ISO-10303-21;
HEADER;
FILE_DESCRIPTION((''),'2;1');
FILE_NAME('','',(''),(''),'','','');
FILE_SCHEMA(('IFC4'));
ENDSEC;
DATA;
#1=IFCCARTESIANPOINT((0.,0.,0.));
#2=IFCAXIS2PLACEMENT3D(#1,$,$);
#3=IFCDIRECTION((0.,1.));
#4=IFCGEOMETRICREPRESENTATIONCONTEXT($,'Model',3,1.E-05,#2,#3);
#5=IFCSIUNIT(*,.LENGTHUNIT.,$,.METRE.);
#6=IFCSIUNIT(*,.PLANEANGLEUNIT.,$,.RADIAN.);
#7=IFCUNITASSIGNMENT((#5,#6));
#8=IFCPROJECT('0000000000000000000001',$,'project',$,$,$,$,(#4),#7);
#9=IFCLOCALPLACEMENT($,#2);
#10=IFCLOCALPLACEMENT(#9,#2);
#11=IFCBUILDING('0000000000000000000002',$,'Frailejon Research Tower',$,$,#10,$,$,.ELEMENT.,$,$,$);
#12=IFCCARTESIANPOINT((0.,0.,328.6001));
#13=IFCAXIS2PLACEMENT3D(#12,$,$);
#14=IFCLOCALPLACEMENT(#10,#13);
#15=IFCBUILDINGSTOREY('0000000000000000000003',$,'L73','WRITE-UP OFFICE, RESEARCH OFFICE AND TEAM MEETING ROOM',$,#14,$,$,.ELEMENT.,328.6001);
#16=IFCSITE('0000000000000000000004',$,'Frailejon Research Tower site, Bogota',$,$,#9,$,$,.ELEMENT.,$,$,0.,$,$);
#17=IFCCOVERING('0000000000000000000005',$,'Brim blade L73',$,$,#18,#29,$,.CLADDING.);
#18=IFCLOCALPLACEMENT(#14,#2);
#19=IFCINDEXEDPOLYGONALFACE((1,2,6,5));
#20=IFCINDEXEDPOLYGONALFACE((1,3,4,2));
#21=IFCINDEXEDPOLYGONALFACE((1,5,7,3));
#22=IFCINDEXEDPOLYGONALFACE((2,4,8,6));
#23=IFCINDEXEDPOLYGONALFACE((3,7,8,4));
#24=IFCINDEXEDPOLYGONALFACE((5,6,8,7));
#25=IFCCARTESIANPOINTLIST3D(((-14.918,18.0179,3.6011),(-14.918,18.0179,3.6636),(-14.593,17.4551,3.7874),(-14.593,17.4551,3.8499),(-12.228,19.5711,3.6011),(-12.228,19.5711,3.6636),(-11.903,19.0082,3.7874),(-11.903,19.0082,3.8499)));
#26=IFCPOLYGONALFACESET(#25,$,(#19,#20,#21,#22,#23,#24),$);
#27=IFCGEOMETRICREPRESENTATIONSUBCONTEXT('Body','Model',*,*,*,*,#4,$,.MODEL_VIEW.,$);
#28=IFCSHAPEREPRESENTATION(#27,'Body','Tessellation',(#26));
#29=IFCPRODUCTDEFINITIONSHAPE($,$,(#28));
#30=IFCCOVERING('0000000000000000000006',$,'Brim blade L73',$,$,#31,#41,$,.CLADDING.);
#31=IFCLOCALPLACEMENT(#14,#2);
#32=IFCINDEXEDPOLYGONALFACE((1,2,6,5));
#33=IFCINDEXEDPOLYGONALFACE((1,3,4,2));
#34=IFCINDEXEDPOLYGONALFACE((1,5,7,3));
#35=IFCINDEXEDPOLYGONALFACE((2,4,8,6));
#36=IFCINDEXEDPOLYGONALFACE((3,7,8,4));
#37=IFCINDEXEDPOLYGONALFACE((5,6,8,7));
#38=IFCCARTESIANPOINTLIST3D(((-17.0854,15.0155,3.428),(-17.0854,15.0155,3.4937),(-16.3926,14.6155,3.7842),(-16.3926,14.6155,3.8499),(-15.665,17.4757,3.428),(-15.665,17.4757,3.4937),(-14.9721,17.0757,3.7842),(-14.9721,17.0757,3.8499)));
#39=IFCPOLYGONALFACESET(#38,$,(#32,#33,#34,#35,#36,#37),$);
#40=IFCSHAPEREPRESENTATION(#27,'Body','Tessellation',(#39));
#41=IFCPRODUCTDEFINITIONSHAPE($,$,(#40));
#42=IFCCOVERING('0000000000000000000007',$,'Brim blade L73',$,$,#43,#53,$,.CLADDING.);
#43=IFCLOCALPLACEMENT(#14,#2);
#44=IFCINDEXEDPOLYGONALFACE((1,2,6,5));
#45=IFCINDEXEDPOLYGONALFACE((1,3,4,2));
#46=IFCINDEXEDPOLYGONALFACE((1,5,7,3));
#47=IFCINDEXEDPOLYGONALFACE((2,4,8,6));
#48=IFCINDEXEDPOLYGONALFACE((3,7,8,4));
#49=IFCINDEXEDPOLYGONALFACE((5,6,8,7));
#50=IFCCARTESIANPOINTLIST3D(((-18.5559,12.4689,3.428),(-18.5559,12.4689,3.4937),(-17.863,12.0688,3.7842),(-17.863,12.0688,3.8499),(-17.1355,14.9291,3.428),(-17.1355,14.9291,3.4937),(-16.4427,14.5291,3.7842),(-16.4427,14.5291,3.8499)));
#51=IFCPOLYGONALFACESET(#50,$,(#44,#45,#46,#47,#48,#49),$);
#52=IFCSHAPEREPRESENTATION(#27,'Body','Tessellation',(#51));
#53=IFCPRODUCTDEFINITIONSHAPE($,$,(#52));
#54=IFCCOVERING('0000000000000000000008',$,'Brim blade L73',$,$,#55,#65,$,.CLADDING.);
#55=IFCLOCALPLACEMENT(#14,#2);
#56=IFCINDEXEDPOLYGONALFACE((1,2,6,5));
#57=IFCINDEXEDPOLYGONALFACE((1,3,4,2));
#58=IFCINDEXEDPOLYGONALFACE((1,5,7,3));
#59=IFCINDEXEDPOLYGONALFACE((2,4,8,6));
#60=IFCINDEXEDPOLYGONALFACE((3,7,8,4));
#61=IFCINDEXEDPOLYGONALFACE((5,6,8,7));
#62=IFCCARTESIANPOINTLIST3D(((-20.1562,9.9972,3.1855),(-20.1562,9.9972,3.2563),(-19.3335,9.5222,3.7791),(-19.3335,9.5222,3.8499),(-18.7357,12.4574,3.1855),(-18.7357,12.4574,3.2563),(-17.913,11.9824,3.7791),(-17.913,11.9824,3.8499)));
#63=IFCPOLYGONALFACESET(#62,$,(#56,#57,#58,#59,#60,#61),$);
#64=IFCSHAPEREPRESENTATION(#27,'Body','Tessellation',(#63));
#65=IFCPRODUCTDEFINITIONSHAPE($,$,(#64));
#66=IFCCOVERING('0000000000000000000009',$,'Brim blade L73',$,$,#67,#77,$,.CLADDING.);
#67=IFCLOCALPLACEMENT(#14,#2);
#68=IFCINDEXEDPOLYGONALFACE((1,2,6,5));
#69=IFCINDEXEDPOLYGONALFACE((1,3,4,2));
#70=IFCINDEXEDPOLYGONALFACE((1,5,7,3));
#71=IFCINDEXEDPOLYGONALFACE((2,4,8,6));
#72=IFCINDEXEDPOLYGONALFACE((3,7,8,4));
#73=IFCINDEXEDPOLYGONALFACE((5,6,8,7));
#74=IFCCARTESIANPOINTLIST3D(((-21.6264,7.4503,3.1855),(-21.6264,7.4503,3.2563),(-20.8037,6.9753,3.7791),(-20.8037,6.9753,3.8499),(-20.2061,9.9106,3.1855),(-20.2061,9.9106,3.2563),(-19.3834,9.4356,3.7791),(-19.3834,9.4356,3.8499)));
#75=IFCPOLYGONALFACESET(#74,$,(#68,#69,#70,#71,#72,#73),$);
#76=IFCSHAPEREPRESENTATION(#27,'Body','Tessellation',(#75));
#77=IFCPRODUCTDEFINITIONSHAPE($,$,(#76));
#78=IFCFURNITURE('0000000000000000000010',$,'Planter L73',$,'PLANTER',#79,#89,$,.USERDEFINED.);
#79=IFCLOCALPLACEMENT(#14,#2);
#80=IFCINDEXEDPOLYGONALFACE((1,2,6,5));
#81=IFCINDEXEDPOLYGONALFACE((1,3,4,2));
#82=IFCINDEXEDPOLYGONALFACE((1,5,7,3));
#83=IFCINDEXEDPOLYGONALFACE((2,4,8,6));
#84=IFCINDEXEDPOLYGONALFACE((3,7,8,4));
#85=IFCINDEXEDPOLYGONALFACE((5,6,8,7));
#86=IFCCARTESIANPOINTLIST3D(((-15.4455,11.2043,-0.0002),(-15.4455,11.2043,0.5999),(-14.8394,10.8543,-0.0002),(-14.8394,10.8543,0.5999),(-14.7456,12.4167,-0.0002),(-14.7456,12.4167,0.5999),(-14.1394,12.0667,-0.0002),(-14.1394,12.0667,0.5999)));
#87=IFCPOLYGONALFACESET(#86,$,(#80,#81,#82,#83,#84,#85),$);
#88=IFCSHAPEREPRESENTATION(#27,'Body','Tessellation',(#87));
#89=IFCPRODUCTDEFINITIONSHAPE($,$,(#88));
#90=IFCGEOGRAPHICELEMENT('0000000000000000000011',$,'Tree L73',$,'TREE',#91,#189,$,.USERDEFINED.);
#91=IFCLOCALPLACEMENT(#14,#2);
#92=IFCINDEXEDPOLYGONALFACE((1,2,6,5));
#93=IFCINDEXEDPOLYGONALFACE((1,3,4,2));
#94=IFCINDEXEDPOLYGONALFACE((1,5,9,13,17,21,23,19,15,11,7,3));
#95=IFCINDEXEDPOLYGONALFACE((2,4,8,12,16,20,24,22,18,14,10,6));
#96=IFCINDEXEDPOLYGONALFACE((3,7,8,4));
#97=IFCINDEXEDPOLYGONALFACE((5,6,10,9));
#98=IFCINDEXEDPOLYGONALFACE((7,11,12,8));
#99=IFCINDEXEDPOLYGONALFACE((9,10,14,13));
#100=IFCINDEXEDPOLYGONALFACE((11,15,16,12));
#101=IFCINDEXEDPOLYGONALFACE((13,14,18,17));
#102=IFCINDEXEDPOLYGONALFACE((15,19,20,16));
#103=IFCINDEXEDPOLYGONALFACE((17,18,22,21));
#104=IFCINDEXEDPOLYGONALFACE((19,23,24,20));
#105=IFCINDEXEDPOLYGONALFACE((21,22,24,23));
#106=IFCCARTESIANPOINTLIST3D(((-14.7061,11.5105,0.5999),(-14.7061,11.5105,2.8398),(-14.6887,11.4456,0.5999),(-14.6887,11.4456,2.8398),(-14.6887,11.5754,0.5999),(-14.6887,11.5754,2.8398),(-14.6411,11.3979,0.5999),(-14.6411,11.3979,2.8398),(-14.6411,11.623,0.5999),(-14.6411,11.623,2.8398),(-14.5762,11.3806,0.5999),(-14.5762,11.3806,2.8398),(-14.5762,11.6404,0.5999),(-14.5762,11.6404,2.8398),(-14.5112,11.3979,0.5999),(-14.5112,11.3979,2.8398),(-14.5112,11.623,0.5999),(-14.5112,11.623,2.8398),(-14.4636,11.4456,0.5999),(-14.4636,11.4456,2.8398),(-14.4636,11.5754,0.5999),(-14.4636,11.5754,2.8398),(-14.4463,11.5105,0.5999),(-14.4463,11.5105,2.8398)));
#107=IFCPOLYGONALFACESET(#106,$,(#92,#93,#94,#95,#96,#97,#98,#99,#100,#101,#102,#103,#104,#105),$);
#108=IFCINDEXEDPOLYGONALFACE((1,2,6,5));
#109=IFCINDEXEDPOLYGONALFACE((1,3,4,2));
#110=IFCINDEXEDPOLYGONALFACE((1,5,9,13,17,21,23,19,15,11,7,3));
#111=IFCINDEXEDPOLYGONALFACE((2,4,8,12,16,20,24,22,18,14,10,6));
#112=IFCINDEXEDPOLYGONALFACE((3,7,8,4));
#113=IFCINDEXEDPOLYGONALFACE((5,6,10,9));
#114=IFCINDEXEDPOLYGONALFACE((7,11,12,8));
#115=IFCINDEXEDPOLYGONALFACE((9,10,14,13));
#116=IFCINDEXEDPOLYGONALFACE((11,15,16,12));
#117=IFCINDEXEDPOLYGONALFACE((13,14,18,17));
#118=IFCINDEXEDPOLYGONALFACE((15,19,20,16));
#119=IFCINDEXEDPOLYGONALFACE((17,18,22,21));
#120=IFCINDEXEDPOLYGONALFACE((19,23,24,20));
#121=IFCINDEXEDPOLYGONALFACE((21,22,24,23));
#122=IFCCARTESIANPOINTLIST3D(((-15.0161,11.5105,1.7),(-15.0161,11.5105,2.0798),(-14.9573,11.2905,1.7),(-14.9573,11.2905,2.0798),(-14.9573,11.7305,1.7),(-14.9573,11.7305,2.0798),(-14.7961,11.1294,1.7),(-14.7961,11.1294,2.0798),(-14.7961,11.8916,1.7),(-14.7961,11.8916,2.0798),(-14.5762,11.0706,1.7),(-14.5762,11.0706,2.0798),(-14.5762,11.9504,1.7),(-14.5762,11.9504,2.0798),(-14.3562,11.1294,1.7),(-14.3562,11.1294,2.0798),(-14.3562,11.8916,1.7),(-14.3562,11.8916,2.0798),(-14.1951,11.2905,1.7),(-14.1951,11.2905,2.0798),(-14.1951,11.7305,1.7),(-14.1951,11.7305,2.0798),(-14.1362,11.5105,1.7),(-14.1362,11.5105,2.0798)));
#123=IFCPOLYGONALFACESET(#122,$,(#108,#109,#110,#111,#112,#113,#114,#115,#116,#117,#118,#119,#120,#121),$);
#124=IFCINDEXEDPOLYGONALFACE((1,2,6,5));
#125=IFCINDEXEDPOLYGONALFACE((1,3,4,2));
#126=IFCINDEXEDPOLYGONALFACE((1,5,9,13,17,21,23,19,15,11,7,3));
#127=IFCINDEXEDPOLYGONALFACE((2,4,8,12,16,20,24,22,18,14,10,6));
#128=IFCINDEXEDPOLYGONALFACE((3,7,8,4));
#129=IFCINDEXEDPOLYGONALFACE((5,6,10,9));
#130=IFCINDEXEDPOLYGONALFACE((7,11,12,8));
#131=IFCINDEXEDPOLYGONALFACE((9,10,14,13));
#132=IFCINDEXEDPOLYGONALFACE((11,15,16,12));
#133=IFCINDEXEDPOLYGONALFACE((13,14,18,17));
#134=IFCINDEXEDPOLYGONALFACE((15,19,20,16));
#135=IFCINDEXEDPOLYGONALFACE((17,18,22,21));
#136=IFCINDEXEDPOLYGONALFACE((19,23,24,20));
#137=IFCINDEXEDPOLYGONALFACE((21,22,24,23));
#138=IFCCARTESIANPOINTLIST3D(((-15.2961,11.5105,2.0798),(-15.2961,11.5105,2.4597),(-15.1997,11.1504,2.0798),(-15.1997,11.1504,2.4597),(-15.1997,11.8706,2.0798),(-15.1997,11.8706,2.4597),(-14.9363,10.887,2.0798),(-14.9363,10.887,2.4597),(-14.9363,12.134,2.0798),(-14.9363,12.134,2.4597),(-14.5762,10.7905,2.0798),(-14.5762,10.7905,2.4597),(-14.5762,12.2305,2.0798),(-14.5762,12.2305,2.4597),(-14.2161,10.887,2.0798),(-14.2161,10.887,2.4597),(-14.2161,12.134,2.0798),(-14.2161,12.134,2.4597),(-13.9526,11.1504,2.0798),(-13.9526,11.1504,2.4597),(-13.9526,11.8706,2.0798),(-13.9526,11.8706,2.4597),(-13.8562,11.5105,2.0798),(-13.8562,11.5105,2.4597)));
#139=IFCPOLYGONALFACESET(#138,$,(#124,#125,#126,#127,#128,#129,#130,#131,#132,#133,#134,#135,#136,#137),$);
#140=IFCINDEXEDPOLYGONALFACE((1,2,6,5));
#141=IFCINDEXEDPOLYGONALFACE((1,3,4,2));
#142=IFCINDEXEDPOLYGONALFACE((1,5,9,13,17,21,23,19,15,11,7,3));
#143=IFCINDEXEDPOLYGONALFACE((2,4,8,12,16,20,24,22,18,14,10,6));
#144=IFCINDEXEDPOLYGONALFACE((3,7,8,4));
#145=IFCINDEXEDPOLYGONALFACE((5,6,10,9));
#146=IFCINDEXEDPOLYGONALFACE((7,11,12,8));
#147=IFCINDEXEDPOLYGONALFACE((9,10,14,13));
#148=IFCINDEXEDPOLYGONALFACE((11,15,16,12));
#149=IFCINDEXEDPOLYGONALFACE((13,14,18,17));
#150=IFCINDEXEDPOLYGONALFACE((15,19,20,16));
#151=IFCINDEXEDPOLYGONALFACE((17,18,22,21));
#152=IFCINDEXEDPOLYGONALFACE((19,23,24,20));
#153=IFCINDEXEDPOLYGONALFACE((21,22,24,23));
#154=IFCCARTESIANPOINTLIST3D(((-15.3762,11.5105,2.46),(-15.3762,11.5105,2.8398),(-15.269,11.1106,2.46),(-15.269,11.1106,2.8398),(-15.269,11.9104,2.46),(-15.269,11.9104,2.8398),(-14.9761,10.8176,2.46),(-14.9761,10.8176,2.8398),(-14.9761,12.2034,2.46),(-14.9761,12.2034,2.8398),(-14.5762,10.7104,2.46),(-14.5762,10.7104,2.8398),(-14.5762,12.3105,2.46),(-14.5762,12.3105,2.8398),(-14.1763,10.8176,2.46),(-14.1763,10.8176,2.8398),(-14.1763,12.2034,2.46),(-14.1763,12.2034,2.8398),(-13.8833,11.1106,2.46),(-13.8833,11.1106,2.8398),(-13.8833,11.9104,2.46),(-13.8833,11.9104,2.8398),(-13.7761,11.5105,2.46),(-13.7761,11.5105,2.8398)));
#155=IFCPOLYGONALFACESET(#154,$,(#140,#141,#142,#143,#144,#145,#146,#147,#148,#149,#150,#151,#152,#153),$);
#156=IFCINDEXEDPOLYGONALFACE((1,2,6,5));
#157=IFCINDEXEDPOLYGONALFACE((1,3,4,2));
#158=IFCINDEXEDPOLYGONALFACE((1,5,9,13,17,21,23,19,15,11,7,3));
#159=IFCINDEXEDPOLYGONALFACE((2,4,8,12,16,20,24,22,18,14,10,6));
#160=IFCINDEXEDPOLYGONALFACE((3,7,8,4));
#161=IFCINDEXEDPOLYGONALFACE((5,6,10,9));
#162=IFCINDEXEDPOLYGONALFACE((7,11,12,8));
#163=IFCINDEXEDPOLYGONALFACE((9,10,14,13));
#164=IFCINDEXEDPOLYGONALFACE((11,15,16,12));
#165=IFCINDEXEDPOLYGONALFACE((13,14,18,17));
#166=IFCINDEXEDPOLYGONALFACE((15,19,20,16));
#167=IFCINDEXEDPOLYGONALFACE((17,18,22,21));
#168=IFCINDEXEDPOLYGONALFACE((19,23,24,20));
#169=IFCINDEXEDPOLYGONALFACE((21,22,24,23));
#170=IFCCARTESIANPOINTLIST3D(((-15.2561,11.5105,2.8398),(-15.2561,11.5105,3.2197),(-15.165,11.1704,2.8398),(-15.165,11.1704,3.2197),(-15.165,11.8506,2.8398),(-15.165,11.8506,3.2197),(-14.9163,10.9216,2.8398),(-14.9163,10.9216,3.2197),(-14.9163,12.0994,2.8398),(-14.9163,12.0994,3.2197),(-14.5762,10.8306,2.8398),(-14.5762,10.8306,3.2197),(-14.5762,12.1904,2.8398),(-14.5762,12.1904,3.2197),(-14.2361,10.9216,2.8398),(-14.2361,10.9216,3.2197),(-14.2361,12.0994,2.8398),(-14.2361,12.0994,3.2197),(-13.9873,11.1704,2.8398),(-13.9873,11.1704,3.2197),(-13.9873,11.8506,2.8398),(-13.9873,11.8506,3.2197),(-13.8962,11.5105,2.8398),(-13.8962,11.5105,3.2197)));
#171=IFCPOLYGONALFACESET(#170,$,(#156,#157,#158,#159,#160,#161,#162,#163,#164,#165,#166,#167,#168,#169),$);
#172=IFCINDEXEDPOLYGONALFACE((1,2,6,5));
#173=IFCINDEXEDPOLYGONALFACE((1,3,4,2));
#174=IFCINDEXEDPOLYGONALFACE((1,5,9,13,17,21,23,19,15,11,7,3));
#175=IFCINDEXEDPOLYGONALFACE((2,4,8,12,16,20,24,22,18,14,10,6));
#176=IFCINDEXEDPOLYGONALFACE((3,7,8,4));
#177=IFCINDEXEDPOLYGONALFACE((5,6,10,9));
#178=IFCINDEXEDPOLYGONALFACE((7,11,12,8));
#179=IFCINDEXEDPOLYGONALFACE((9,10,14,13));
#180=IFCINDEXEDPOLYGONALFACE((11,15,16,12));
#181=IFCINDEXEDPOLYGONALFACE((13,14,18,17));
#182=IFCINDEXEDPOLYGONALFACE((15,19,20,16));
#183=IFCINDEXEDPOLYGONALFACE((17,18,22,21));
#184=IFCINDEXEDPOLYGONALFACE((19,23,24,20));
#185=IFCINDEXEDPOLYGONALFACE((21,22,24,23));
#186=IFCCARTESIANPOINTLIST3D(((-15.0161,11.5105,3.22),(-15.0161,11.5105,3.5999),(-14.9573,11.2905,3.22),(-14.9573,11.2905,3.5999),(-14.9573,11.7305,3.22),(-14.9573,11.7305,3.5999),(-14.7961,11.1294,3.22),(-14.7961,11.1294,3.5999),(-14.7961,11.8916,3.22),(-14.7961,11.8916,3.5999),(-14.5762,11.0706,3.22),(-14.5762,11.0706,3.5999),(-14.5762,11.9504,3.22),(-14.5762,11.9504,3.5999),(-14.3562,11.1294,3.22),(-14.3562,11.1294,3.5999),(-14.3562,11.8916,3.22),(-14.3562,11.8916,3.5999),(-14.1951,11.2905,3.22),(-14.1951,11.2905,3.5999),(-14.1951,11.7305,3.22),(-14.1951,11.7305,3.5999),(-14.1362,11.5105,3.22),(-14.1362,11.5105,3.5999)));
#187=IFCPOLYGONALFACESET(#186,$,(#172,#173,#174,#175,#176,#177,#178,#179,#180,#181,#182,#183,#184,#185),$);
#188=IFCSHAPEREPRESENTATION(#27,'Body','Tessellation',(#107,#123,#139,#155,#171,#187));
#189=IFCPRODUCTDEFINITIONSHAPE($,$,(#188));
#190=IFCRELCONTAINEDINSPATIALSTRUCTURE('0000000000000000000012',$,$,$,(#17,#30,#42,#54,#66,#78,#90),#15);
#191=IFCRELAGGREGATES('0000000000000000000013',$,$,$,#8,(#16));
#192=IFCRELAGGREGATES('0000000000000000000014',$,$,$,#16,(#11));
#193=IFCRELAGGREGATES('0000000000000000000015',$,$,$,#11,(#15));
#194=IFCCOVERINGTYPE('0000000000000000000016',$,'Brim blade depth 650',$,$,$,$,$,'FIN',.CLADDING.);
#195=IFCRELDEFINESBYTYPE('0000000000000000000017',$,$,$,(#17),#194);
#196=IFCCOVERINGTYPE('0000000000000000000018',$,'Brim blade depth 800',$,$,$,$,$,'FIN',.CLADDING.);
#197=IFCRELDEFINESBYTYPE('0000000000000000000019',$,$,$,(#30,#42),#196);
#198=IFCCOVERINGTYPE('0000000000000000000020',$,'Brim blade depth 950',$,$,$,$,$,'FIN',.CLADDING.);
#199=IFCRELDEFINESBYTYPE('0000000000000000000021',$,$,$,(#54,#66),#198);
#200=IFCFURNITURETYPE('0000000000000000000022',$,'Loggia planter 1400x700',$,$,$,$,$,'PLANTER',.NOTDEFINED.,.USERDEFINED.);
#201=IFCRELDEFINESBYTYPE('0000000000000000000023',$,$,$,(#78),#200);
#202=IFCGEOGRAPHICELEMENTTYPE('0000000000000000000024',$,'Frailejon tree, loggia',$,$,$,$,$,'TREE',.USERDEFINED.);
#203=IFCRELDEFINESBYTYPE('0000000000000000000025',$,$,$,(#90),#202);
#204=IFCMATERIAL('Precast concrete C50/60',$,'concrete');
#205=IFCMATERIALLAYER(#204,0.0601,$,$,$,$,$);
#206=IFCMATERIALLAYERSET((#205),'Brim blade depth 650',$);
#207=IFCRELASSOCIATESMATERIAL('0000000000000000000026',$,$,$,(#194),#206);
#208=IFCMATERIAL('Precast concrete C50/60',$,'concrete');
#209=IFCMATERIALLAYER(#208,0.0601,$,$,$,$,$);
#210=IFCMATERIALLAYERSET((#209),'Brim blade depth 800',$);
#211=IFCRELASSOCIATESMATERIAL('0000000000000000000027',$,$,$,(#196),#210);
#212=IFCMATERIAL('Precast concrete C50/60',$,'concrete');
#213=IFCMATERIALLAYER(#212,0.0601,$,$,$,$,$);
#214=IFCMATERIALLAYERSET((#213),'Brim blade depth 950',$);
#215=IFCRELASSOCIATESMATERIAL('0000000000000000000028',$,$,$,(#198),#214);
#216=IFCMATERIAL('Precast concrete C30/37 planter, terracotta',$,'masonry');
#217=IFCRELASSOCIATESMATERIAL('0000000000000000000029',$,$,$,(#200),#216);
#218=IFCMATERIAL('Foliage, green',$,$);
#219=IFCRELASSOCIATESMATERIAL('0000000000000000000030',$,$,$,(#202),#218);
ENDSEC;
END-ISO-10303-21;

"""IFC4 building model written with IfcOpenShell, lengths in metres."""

from ifc_helpers import new_model, si_unit, direction, frame, origin, origin_2d, place, context, subcontext, project, spatial, polyline, rectangle, outline, extrude, material, layer, layer_set, type_object, element, save


model = new_model("IFC4")

# Units and contexts
model_context = context("Model", 3, precision=1e-05, world=origin(), true_north=direction((0.0, 1.0)))
body_context = subcontext(model_context, "Body", "Model", "MODEL_VIEW")
ifc_project = project(units=[si_unit("LENGTHUNIT", "METRE"), si_unit("PLANEANGLEUNIT", "RADIAN")], contexts=[model_context])

# Site, building, storey
site_placement = place(None, origin())
site = spatial("IfcSite", under=ifc_project, at=site_placement, Name="Frailejon Research Tower site, Bogota", CompositionType="ELEMENT", RefElevation=0.0)
building_placement = place(site_placement, origin())
building = spatial("IfcBuilding", under=site, at=building_placement, Name="Frailejon Research Tower", CompositionType="ELEMENT")
storey_placement = place(building_placement, frame((0.0, 0.0, 328.6001)))
storey = spatial("IfcBuildingStorey", under=building, at=storey_placement, Name="L73", Description="WRITE-UP OFFICE, RESEARCH OFFICE AND TEAM MEETING ROOM", CompositionType="ELEMENT", Elevation=328.6001)

# Coverings
ifc_material_1 = material(Name="Precast concrete C50/60", Category="concrete")
ifc_layer_1 = layer(ifc_material_1, 0.0601)
ifc_layer_set_1 = layer_set([ifc_layer_1], Name="Brim blade depth 650")
covering_type_1 = type_object("IfcCoveringType", Name="Brim blade depth 650", ElementType="FIN", PredefinedType="CLADDING", material=ifc_layer_set_1)
covering_1_placement = place(storey_placement, frame((-14.593, 17.4551, 3.8499), z_axis=(0.866014, 0.50002, 0.0), x_axis=(-0.50002, 0.866014, 0.0)))
element("IfcCovering", 1, at=covering_1_placement, inside=storey, type_object=covering_type_1, Name="Brim blade L73", PredefinedType="CLADDING", context=body_context, shape_type="SweptSolid", body=[
    extrude(outline(polyline([(0.0, -0.0625), (0.6499, -0.2488), (0.6499, -0.1863), (0.0, 0.0), (0.0, -0.0625)])), origin(), (0.0, 0.0, 1.0), 3.1062),
])
ifc_material_2 = material(Name="Precast concrete C50/60", Category="concrete")
ifc_layer_2 = layer(ifc_material_2, 0.0601)
ifc_layer_set_2 = layer_set([ifc_layer_2], Name="Brim blade depth 800")
covering_type_2 = type_object("IfcCoveringType", Name="Brim blade depth 800", ElementType="FIN", PredefinedType="CLADDING", material=ifc_layer_set_2)
for number, where, z_axis, x_axis, name in (
    (2, (-16.3926, 14.6155, 3.8499), (0.500016, 0.866016, 0.0), (-0.866016, 0.500016, 0.0), "Brim blade L73"),
    (3, (-17.863, 12.0688, 3.8499), (0.49999, 0.866031, 0.0), (-0.866031, 0.49999, 0.0), "Brim blade L73"),
):
    element("IfcCovering", number, at=place(storey_placement, frame(where, z_axis=z_axis, x_axis=x_axis)), inside=storey, type_object=covering_type_2, Name=name, PredefinedType="CLADDING", context=body_context, shape_type="SweptSolid", body=[
        extrude(outline(polyline([(0.0, -0.0657), (0.8, -0.4219), (0.8, -0.3562), (0.0, 0.0), (0.0, -0.0657)])), origin(), (0.0, 0.0, 1.0), 2.8408),
    ])
ifc_material_3 = material(Name="Precast concrete C50/60", Category="concrete")
ifc_layer_3 = layer(ifc_material_3, 0.0601)
ifc_layer_set_3 = layer_set([ifc_layer_3], Name="Brim blade depth 950")
covering_type_3 = type_object("IfcCoveringType", Name="Brim blade depth 950", ElementType="FIN", PredefinedType="CLADDING", material=ifc_layer_set_3)
for number, where, z_axis, x_axis, name in (
    (4, (-19.3335, 9.5222, 3.8499), (0.500016, 0.866016, 0.0), (-0.866016, 0.500016, 0.0), "Brim blade L73"),
    (5, (-20.8037, 6.9753, 3.8499), (0.499976, 0.866039, 0.0), (-0.866039, 0.499976, 0.0), "Brim blade L73"),
):
    element("IfcCovering", number, at=place(storey_placement, frame(where, z_axis=z_axis, x_axis=x_axis)), inside=storey, type_object=covering_type_3, Name=name, PredefinedType="CLADDING", context=body_context, shape_type="SweptSolid", body=[
        extrude(outline(polyline([(0.0, -0.0708), (0.95, -0.6643), (0.95, -0.5935), (0.0, 0.0), (0.0, -0.0708)])), origin(), (0.0, 0.0, 1.0), 2.8408),
    ])

# Furniture
ifc_material_4 = material(Name="Precast concrete C30/37 planter, terracotta", Category="masonry")
furniture_type = type_object("IfcFurnitureType", Name="Loggia planter 1400x700", ElementType="PLANTER", AssemblyPlace="NOTDEFINED", PredefinedType="USERDEFINED", material=ifc_material_4)
furniture_placement = place(storey_placement, frame((-14.7925, 11.6355, -0.0002), z_axis=(0.0, 0.0, 1.0), x_axis=(-0.5, -0.866025, 0.0)))
element("IfcFurniture", 6, at=furniture_placement, inside=storey, type_object=furniture_type, Name="Planter L73", ObjectType="PLANTER", PredefinedType="USERDEFINED", context=body_context, shape_type="SweptSolid", body=[
    extrude(rectangle(XDim=1.3999, YDim=0.7, at=origin_2d()), origin(), (0.0, 0.0, 1.0), 0.6001),
])

# Geographic element
ifc_material_5 = material(Name="Foliage, green")
geographic_element_type = type_object("IfcGeographicElementType", Name="Frailejon tree, loggia", ElementType="TREE", PredefinedType="USERDEFINED", material=ifc_material_5)
geographic_element_placement = place(storey_placement, frame((-14.5762, 11.5105, 0.5999)))
element("IfcGeographicElement", 7, at=geographic_element_placement, inside=storey, type_object=geographic_element_type, Name="Tree L73", ObjectType="TREE", PredefinedType="USERDEFINED", context=body_context, shape_type="SweptSolid", body=[
    extrude(outline(polyline([(0.1299, 0.0), (0.1125, 0.0649), (0.0649, 0.1125), (0.0, 0.1299), (-0.0649, 0.1125), (-0.1125, 0.0649), (-0.1299, 0.0), (-0.1125, -0.0649), (-0.0649, -0.1125), (0.0, -0.1299), (0.0649, -0.1125), (0.1125, -0.0649), (0.1299, 0.0)])), origin(), (0.0, 0.0, 1.0), 2.24),
    extrude(outline(polyline([(0.4399, 0.0), (0.3811, 0.22), (0.22, 0.3811), (0.0, 0.4399), (-0.22, 0.3811), (-0.3811, 0.22), (-0.4399, 0.0), (-0.3811, -0.22), (-0.22, -0.3811), (0.0, -0.4399), (0.22, -0.3811), (0.3811, -0.22), (0.4399, 0.0)])), frame((0.0, 0.0, 1.1001)), (0.0, 0.0, 1.0), 0.3799),
    extrude(outline(polyline([(0.72, 0.0), (0.6235, 0.3601), (0.3601, 0.6235), (0.0, 0.72), (-0.3601, 0.6235), (-0.6235, 0.3601), (-0.72, 0.0), (-0.6235, -0.3601), (-0.3601, -0.6235), (0.0, -0.72), (0.3601, -0.6235), (0.6235, -0.3601), (0.72, 0.0)])), frame((0.0, 0.0, 1.48)), (0.0, 0.0, 1.0), 0.3799),
    extrude(outline(polyline([(0.8, 0.0), (0.6929, 0.3999), (0.3999, 0.6929), (0.0, 0.8), (-0.3999, 0.6929), (-0.6929, 0.3999), (-0.8, 0.0), (-0.6929, -0.3999), (-0.3999, -0.6929), (0.0, -0.8), (0.3999, -0.6929), (0.6929, -0.3999), (0.8, 0.0)])), frame((0.0, 0.0, 1.8601)), (0.0, 0.0, 1.0), 0.3799),
    extrude(outline(polyline([(0.6799, 0.0), (0.5889, 0.3401), (0.3401, 0.5889), (0.0, 0.6799), (-0.3401, 0.5889), (-0.5889, 0.3401), (-0.6799, 0.0), (-0.5889, -0.3401), (-0.3401, -0.5889), (0.0, -0.6799), (0.3401, -0.5889), (0.5889, -0.3401), (0.6799, 0.0)])), frame((0.0, 0.0, 2.24)), (0.0, 0.0, 1.0), 0.3799),
    extrude(outline(polyline([(0.4399, 0.0), (0.3811, 0.22), (0.22, 0.3811), (0.0, 0.4399), (-0.22, 0.3811), (-0.3811, 0.22), (-0.4399, 0.0), (-0.3811, -0.22), (-0.22, -0.3811), (0.0, -0.4399), (0.22, -0.3811), (0.3811, -0.22), (0.4399, 0.0)])), frame((0.0, 0.0, 2.6201)), (0.0, 0.0, 1.0), 0.3799),
])

save(model, "model.ifc")
